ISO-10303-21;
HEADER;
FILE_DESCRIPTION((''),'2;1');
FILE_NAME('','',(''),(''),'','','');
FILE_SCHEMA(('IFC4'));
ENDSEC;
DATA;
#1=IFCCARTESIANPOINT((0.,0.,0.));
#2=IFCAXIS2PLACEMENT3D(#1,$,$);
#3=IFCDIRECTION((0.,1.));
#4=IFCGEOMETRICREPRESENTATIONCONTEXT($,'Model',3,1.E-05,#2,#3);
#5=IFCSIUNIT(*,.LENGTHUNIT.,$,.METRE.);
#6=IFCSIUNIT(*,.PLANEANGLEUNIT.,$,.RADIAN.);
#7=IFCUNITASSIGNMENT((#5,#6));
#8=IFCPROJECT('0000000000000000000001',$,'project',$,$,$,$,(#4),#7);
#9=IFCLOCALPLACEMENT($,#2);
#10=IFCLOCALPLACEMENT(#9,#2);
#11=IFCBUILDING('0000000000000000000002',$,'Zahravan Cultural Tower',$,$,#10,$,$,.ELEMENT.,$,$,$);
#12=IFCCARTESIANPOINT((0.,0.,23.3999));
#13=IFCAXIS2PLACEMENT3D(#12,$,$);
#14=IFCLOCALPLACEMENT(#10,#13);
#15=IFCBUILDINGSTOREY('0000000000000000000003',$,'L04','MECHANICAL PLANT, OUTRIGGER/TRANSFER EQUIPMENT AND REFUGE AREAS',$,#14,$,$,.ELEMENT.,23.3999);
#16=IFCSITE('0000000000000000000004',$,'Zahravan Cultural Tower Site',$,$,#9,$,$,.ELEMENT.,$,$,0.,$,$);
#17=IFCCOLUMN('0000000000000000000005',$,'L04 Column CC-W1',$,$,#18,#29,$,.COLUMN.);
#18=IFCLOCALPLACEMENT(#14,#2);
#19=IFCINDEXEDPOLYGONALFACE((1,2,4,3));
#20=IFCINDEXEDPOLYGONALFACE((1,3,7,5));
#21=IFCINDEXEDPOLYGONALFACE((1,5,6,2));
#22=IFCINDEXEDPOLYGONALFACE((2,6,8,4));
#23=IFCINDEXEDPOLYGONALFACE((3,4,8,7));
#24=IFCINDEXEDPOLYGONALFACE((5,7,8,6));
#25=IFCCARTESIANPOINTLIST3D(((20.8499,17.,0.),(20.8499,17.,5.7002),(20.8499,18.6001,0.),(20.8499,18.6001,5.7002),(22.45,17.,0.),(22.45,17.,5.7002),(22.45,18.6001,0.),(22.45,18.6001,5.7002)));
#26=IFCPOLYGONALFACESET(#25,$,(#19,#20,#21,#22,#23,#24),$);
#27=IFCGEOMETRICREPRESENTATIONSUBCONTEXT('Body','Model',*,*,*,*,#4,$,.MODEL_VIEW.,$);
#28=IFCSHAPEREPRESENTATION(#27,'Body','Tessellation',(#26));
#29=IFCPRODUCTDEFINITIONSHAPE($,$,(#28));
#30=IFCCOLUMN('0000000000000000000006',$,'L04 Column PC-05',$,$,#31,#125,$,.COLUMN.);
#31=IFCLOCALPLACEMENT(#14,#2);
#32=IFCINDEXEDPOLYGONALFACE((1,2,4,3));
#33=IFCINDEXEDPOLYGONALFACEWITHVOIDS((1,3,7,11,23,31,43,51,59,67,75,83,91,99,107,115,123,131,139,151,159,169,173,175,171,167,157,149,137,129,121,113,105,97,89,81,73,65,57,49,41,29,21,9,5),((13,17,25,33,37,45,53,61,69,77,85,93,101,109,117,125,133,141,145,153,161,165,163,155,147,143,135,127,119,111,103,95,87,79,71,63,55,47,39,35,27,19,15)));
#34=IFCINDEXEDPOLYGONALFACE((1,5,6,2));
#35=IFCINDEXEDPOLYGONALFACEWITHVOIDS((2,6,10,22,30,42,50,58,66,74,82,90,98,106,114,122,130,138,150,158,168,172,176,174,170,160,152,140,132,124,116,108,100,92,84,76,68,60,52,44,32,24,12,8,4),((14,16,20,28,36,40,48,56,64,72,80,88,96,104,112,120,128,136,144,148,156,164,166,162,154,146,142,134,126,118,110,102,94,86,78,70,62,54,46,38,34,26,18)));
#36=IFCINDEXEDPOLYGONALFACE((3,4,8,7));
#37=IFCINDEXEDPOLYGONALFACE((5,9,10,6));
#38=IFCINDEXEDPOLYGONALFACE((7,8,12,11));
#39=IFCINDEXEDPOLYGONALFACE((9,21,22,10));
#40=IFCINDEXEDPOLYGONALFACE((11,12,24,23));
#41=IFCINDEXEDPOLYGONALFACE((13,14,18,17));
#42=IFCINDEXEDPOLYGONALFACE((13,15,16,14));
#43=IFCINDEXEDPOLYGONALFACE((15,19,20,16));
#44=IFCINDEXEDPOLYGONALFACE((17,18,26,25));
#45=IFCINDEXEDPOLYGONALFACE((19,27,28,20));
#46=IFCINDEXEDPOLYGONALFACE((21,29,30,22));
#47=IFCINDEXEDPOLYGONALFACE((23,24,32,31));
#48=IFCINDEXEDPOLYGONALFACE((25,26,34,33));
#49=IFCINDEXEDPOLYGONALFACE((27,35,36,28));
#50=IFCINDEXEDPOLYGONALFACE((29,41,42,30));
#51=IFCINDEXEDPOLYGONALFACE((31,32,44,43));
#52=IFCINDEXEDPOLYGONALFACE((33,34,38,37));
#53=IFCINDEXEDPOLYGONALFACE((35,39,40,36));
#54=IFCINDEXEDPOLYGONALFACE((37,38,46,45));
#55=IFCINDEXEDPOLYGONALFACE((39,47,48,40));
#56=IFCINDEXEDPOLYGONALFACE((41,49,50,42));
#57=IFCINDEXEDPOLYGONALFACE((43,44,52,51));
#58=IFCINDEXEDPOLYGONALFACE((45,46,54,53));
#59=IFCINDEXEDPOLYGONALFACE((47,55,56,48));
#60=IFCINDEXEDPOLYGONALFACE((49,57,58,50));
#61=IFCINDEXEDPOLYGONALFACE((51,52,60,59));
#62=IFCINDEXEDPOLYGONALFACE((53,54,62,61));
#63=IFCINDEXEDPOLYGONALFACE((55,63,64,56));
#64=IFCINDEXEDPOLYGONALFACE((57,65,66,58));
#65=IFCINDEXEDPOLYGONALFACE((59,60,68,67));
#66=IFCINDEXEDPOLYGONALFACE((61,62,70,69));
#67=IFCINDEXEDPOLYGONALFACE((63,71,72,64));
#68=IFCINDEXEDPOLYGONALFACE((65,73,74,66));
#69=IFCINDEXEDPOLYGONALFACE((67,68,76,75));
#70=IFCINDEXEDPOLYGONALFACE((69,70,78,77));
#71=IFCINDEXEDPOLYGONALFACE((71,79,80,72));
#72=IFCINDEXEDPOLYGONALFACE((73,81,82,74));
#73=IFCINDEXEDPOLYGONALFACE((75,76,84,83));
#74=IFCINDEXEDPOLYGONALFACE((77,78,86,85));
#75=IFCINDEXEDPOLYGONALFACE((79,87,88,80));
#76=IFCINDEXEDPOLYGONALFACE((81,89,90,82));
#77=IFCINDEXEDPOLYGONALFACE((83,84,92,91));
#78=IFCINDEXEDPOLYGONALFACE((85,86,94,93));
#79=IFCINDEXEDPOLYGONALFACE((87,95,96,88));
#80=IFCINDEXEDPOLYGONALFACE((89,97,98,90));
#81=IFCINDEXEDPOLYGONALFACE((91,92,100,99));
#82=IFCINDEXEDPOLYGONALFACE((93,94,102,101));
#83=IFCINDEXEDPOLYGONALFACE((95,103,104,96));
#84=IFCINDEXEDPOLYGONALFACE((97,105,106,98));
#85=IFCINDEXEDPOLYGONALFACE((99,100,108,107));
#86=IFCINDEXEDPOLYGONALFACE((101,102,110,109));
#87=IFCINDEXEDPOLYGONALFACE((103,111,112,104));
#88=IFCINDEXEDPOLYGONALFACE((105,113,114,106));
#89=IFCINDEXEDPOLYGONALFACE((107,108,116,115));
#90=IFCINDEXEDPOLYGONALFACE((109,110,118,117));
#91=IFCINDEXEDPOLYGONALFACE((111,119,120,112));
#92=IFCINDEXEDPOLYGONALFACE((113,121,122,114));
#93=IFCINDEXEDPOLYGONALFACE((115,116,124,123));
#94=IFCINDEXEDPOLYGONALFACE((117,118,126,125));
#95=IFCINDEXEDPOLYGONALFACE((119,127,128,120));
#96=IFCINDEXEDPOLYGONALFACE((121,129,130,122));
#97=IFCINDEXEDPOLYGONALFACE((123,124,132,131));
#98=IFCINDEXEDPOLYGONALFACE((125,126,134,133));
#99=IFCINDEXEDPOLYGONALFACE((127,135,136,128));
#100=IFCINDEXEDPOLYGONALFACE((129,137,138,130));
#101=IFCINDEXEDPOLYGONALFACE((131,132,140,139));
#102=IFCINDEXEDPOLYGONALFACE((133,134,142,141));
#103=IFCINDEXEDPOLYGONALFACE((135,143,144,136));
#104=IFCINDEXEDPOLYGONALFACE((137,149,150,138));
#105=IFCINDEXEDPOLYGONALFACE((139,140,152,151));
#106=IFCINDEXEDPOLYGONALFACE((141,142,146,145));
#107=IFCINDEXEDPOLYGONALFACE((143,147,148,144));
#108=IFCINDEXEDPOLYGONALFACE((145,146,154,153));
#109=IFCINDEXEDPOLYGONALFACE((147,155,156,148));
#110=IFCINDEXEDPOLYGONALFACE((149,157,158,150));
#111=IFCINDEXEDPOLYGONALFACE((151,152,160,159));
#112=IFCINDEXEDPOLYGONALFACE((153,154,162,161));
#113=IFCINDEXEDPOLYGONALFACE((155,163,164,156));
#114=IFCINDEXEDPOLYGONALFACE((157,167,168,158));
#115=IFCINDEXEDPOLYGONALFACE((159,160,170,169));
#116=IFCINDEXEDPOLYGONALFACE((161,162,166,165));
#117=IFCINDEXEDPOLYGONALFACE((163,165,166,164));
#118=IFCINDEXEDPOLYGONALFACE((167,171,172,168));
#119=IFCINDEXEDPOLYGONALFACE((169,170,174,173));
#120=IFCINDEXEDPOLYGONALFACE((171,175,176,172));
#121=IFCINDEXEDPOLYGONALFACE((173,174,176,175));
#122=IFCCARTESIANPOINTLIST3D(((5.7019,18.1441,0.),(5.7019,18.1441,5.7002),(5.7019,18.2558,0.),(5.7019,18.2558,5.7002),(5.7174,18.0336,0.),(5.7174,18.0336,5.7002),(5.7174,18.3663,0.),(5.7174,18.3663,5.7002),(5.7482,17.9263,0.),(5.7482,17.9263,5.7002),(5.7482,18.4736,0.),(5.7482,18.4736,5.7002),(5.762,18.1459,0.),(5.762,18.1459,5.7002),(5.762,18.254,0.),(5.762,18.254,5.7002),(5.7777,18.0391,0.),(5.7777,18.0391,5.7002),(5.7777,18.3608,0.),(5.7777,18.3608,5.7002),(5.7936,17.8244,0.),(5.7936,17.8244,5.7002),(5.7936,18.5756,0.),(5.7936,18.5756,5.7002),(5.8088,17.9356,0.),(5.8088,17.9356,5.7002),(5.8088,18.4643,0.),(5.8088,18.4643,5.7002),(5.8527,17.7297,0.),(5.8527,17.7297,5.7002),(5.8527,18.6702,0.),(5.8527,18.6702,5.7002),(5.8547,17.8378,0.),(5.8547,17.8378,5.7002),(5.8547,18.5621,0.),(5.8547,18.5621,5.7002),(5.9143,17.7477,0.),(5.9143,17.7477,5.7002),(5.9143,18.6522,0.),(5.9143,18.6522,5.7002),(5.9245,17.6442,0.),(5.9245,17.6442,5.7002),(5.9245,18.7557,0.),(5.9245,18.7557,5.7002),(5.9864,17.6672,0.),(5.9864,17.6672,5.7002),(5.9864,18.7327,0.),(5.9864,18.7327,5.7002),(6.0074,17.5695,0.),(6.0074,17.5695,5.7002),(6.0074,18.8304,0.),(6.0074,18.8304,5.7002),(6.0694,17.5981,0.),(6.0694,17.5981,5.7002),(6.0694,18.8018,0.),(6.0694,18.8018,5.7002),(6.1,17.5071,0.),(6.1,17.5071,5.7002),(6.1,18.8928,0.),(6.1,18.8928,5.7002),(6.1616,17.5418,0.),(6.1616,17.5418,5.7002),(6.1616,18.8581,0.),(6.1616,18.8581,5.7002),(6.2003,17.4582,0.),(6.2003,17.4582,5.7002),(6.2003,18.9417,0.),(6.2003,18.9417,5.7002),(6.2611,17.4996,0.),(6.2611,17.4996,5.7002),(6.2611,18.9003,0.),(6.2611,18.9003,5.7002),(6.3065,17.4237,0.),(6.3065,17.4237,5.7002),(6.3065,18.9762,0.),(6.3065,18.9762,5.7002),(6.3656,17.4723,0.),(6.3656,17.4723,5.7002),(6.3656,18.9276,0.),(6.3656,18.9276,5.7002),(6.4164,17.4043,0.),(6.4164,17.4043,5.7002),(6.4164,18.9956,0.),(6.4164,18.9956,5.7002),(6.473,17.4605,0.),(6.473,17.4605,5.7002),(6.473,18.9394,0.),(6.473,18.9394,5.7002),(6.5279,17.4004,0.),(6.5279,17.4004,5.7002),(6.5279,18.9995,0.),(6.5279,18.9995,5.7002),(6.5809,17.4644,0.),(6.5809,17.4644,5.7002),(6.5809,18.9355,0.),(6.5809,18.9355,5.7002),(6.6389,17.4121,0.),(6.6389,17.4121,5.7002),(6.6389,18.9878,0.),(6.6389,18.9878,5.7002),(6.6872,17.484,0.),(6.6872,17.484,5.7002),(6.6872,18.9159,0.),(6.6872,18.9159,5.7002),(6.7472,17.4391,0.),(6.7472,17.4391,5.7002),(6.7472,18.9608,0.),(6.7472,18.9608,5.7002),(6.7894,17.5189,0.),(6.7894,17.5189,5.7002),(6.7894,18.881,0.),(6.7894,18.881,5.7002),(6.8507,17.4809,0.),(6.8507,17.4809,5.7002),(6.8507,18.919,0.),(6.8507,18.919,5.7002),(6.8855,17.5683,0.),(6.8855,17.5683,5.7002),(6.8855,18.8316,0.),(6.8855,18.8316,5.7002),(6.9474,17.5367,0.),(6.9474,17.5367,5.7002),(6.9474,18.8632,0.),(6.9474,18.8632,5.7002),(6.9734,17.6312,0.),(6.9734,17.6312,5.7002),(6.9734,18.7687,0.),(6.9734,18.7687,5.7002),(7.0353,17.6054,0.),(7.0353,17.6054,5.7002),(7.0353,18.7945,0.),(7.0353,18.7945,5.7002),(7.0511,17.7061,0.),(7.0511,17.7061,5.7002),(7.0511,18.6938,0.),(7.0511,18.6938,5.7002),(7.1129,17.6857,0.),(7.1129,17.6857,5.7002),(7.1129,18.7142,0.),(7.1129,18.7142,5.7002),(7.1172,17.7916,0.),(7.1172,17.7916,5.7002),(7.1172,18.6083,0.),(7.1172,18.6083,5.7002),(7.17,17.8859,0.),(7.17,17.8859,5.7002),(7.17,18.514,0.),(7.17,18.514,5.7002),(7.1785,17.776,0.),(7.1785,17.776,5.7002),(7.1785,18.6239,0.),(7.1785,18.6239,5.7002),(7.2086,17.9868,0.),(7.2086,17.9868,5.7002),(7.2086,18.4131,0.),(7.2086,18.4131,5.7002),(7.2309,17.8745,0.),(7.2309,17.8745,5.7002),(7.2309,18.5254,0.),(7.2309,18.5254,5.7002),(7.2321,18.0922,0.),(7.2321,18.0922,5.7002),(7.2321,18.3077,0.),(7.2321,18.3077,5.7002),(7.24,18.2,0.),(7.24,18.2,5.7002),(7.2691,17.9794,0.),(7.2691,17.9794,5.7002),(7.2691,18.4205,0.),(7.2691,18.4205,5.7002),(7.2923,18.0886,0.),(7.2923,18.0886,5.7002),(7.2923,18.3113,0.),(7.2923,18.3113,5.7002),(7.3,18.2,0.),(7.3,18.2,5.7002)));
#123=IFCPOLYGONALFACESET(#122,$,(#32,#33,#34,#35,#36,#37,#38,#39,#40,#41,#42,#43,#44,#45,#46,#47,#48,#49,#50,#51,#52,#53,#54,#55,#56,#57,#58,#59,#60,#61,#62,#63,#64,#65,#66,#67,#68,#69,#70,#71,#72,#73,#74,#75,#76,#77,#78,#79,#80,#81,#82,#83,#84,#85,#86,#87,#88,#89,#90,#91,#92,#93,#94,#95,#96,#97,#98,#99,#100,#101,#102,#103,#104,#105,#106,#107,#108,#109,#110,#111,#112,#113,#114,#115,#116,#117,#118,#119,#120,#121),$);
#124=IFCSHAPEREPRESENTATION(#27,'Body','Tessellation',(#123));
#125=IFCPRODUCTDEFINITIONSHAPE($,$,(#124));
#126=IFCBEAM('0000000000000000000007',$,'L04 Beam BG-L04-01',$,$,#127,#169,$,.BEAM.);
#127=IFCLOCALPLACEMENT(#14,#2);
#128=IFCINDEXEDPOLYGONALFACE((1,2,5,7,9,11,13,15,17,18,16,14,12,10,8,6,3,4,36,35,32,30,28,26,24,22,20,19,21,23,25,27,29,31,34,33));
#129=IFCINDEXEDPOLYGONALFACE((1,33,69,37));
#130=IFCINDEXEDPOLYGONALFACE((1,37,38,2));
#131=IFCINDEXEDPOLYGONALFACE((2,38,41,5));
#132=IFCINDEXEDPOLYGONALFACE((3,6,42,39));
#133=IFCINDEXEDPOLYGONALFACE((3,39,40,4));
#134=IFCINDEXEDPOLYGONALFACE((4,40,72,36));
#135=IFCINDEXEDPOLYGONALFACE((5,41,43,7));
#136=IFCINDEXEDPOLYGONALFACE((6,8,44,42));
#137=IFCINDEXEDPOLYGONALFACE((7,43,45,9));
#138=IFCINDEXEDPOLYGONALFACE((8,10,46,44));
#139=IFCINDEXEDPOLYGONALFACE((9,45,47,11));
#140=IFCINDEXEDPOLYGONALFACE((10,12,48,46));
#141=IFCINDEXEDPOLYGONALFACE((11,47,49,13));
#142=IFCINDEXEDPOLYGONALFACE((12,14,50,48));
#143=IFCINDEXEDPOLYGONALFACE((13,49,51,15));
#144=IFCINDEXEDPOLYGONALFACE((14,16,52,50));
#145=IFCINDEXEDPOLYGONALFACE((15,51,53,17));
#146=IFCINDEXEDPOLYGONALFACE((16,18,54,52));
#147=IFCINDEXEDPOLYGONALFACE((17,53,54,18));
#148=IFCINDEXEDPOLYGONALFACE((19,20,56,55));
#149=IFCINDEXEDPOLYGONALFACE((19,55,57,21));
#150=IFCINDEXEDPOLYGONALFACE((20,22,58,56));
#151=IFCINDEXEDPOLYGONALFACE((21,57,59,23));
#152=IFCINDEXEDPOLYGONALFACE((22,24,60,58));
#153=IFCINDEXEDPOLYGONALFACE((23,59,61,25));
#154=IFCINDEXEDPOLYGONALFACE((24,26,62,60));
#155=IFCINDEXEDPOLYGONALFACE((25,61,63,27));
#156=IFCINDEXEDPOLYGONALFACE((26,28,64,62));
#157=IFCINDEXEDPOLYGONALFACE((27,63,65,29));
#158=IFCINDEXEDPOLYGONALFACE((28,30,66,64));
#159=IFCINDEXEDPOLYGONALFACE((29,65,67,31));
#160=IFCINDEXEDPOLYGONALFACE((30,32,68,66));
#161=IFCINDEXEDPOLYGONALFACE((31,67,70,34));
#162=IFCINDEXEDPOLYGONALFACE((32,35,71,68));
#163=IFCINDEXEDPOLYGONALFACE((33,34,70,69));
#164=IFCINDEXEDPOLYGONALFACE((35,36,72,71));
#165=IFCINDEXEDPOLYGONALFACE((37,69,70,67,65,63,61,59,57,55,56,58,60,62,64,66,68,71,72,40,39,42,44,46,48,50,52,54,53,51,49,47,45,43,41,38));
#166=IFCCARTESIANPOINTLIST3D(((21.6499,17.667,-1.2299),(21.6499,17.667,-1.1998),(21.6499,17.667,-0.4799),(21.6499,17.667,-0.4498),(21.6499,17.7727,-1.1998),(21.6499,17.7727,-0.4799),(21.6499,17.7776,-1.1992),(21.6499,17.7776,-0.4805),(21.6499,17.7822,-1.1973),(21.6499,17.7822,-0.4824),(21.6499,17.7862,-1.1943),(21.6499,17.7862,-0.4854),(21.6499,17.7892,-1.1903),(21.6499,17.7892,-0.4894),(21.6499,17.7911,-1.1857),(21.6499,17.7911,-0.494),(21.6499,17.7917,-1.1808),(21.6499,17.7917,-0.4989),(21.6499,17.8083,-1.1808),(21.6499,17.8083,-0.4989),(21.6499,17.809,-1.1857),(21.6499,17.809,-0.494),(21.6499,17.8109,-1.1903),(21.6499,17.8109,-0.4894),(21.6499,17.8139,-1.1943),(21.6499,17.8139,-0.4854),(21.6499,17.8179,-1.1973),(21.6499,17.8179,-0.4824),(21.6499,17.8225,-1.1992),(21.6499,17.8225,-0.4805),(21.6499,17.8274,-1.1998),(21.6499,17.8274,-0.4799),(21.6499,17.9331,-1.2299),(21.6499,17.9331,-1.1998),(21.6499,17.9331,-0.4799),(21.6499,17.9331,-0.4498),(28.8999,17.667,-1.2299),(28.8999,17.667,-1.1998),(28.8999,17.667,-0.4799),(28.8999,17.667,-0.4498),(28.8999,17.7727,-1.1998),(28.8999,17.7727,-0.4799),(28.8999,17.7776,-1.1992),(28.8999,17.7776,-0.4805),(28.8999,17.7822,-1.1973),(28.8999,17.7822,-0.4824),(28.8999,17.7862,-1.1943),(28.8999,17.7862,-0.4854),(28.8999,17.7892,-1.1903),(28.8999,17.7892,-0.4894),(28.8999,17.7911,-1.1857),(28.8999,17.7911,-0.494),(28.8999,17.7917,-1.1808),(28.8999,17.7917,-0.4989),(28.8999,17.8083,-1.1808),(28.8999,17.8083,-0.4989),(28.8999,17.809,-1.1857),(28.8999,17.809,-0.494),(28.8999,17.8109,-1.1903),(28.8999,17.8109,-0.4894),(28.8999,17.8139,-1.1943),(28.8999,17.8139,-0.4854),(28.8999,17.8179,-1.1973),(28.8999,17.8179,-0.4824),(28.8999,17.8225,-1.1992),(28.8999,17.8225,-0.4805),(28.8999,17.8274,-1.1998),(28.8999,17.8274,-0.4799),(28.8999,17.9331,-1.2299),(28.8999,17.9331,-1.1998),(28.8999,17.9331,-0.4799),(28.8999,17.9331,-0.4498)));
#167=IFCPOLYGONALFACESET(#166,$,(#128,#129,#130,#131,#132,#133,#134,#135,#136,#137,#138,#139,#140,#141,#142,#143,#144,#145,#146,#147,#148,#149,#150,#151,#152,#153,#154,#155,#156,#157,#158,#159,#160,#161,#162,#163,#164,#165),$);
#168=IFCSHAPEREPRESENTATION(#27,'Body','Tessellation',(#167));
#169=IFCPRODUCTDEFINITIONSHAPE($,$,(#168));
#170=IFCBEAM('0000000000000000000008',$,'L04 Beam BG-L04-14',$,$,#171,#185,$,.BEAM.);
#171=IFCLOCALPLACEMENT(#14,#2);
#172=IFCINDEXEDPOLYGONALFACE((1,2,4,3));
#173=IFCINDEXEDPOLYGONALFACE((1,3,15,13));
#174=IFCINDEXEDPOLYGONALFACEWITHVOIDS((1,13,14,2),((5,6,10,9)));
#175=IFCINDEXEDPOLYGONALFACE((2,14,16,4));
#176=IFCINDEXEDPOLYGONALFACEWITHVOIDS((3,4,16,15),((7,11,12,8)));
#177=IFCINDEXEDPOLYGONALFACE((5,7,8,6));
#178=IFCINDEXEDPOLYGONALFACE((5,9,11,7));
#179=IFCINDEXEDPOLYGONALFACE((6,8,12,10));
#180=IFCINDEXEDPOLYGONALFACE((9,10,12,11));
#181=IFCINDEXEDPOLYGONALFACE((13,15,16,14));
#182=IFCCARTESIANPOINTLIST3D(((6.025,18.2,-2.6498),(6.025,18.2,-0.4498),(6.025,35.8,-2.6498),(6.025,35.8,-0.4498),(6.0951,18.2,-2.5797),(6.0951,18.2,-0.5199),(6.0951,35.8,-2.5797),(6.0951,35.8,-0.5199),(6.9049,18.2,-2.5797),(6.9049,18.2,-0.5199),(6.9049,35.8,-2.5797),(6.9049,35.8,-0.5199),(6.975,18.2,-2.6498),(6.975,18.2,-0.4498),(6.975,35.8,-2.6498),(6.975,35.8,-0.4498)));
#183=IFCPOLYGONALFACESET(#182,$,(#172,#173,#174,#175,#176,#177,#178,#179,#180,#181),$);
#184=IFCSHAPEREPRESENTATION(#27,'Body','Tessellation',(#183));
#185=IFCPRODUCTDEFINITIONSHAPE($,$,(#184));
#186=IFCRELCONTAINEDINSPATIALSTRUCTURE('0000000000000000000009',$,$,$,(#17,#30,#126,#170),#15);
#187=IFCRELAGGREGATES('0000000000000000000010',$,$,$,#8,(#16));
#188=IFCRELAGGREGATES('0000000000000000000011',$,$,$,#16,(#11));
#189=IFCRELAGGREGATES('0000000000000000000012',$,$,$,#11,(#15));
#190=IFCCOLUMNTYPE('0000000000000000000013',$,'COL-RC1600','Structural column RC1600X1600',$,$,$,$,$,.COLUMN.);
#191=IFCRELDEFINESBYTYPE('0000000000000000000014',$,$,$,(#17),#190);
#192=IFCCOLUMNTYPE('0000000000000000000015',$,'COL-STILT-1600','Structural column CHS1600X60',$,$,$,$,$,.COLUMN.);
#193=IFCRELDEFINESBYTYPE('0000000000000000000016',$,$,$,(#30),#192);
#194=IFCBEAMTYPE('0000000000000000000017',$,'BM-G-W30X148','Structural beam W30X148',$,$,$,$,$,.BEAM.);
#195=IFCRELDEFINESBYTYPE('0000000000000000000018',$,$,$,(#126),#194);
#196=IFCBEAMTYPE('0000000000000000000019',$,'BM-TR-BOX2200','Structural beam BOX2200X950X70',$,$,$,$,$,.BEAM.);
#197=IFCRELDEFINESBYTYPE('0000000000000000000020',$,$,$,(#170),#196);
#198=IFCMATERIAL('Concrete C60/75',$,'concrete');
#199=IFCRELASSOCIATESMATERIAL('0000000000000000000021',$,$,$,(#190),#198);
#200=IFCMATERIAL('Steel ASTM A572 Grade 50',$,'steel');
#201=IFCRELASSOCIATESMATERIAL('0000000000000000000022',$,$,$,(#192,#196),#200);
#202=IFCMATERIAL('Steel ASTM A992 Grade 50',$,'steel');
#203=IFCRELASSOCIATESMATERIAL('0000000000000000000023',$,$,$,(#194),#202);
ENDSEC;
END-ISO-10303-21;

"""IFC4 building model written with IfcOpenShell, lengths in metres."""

from ifc_helpers import new_model, si_unit, direction, frame, origin, origin_2d, place, context, subcontext, project, spatial, rectangle, hollow_rectangle, hollow_circle, i_section, extrude, source, transform, mapped, material, material_profile, profile_set, type_object, element, save


model = new_model("IFC4")

# Units and contexts
model_context = context("Model", 3, precision=1e-05, world=origin(), true_north=direction((0.0, 1.0)))
body_context = subcontext(model_context, "Body", "Model", "MODEL_VIEW")
ifc_project = project(units=[si_unit("LENGTHUNIT", "METRE"), si_unit("PLANEANGLEUNIT", "RADIAN")], contexts=[model_context])

# Site, building, storey
site_placement = place(None, origin())
site = spatial("IfcSite", under=ifc_project, at=site_placement, Name="Zahravan Cultural Tower Site", CompositionType="ELEMENT", RefElevation=0.0)
building_placement = place(site_placement, origin())
building = spatial("IfcBuilding", under=site, at=building_placement, Name="Zahravan Cultural Tower", CompositionType="ELEMENT")
storey_placement = place(building_placement, frame((0.0, 0.0, 23.3999)))
storey = spatial("IfcBuildingStorey", under=building, at=storey_placement, Name="L04", Description="MECHANICAL PLANT, OUTRIGGER/TRANSFER EQUIPMENT AND REFUGE AREAS", CompositionType="ELEMENT", Elevation=23.3999)

# Columns
ifc_material_1 = material(Name="Concrete C60/75", Category="concrete")
ifc_material_profile_1 = material_profile(ifc_material_1, rectangle(XDim=1.6001, YDim=1.6001, at=origin_2d()), Name="RC1600X1600")
ifc_profile_set_1 = profile_set([ifc_material_profile_1], Name="Concrete C60/75")
column_type_1 = type_object("IfcColumnType", Name="COL-RC1600", Description="Structural column RC1600X1600", PredefinedType="COLUMN", material=ifc_profile_set_1)
shared_shape_1 = source(origin(), body_context, "Body", "SweptSolid", [
    extrude(rectangle(XDim=1.6001, YDim=1.6001, at=origin_2d()), origin(), (0.0, 0.0, 1.0), 5.7002),
])
column_1_placement = place(storey_placement, frame((21.6499, 17.8, 0.0), z_axis=(0.0, 0.0, 1.0), x_axis=(1.0, 0.0, 0.0)))
element("IfcColumn", 1, at=column_1_placement, inside=storey, type_object=column_type_1, Name="L04 Column CC-W1", PredefinedType="COLUMN", context=body_context, shape_type="MappedRepresentation", body=[
    mapped(shared_shape_1, transform((0.0, 0.0, 0.0), x_axis=(1.0, 0.0, 0.0), y_axis=(0.0, 1.0, 0.0), z_axis=(0.0, 0.0, 1.0), scale=1.0)),
])
ifc_material_2 = material(Name="Steel ASTM A572 Grade 50", Category="steel")
ifc_material_profile_2 = material_profile(ifc_material_2, hollow_circle(Radius=0.8, WallThickness=0.0601, at=origin_2d()), Name="CHS1600X60")
ifc_profile_set_2 = profile_set([ifc_material_profile_2], Name="Steel ASTM A572 Grade 50")
column_type_2 = type_object("IfcColumnType", Name="COL-STILT-1600", Description="Structural column CHS1600X60", PredefinedType="COLUMN", material=ifc_profile_set_2)
shared_shape_2 = source(origin(), body_context, "Body", "SweptSolid", [
    extrude(hollow_circle(Radius=0.8, WallThickness=0.0601, at=origin_2d()), origin(), (0.0, 0.0, 1.0), 5.7002),
])
column_2_placement = place(storey_placement, frame((6.5, 18.2, 0.0), z_axis=(0.0, 0.0, 1.0), x_axis=(1.0, 0.0, 0.0)))
element("IfcColumn", 2, at=column_2_placement, inside=storey, type_object=column_type_2, Name="L04 Column PC-05", PredefinedType="COLUMN", context=body_context, shape_type="MappedRepresentation", body=[
    mapped(shared_shape_2, transform((0.0, 0.0, 0.0), x_axis=(1.0, 0.0, 0.0), y_axis=(0.0, 1.0, 0.0), z_axis=(0.0, 0.0, 1.0), scale=1.0)),
])

# Beams
ifc_material_3 = material(Name="Steel ASTM A992 Grade 50", Category="steel")
ifc_material_profile_3 = material_profile(ifc_material_3, i_section(OverallWidth=0.2661, OverallDepth=0.78, WebThickness=0.0166, FlangeThickness=0.03, FilletRadius=0.019, at=origin_2d()), Name="W30X148")
ifc_profile_set_3 = profile_set([ifc_material_profile_3], Name="Steel ASTM A992 Grade 50")
beam_type_1 = type_object("IfcBeamType", Name="BM-G-W30X148", Description="Structural beam W30X148", PredefinedType="BEAM", material=ifc_profile_set_3)
shared_shape_3 = source(origin(), body_context, "Body", "SweptSolid", [
    extrude(i_section(OverallWidth=0.2661, OverallDepth=0.78, WebThickness=0.0166, FlangeThickness=0.03, FilletRadius=0.019, at=origin_2d()), origin(), (0.0, 0.0, 1.0), 7.25),
])
beam_1_placement = place(storey_placement, frame((21.6499, 17.8, -0.8398), z_axis=(1.0, 0.0, 0.0), x_axis=(0.0, 1.0, 0.0)))
element("IfcBeam", 3, at=beam_1_placement, inside=storey, type_object=beam_type_1, Name="L04 Beam BG-L04-01", PredefinedType="BEAM", context=body_context, shape_type="MappedRepresentation", body=[
    mapped(shared_shape_3, transform((0.0, 0.0, 0.0), x_axis=(1.0, 0.0, 0.0), y_axis=(0.0, 1.0, 0.0), z_axis=(0.0, 0.0, 1.0), scale=1.0)),
])
ifc_material_profile_4 = material_profile(ifc_material_2, hollow_rectangle(XDim=0.95, YDim=2.2, WallThickness=0.0701, at=origin_2d()), Name="BOX2200X950X70")
ifc_profile_set_4 = profile_set([ifc_material_profile_4], Name="Steel ASTM A572 Grade 50")
beam_type_2 = type_object("IfcBeamType", Name="BM-TR-BOX2200", Description="Structural beam BOX2200X950X70", PredefinedType="BEAM", material=ifc_profile_set_4)
shared_shape_4 = source(origin(), body_context, "Body", "SweptSolid", [
    extrude(hollow_rectangle(XDim=0.95, YDim=2.2, WallThickness=0.0701, at=origin_2d()), origin(), (0.0, 0.0, 1.0), 17.6001),
])
beam_2_placement = place(storey_placement, frame((6.5, 18.2, -1.5498), z_axis=(0.0, 1.0, 0.0), x_axis=(-1.0, 0.0, 0.0)))
element("IfcBeam", 4, at=beam_2_placement, inside=storey, type_object=beam_type_2, Name="L04 Beam BG-L04-14", PredefinedType="BEAM", context=body_context, shape_type="MappedRepresentation", body=[
    mapped(shared_shape_4, transform((0.0, 0.0, 0.0), x_axis=(1.0, 0.0, 0.0), y_axis=(0.0, 1.0, 0.0), z_axis=(0.0, 0.0, 1.0), scale=1.0)),
])

save(model, "model.ifc")
